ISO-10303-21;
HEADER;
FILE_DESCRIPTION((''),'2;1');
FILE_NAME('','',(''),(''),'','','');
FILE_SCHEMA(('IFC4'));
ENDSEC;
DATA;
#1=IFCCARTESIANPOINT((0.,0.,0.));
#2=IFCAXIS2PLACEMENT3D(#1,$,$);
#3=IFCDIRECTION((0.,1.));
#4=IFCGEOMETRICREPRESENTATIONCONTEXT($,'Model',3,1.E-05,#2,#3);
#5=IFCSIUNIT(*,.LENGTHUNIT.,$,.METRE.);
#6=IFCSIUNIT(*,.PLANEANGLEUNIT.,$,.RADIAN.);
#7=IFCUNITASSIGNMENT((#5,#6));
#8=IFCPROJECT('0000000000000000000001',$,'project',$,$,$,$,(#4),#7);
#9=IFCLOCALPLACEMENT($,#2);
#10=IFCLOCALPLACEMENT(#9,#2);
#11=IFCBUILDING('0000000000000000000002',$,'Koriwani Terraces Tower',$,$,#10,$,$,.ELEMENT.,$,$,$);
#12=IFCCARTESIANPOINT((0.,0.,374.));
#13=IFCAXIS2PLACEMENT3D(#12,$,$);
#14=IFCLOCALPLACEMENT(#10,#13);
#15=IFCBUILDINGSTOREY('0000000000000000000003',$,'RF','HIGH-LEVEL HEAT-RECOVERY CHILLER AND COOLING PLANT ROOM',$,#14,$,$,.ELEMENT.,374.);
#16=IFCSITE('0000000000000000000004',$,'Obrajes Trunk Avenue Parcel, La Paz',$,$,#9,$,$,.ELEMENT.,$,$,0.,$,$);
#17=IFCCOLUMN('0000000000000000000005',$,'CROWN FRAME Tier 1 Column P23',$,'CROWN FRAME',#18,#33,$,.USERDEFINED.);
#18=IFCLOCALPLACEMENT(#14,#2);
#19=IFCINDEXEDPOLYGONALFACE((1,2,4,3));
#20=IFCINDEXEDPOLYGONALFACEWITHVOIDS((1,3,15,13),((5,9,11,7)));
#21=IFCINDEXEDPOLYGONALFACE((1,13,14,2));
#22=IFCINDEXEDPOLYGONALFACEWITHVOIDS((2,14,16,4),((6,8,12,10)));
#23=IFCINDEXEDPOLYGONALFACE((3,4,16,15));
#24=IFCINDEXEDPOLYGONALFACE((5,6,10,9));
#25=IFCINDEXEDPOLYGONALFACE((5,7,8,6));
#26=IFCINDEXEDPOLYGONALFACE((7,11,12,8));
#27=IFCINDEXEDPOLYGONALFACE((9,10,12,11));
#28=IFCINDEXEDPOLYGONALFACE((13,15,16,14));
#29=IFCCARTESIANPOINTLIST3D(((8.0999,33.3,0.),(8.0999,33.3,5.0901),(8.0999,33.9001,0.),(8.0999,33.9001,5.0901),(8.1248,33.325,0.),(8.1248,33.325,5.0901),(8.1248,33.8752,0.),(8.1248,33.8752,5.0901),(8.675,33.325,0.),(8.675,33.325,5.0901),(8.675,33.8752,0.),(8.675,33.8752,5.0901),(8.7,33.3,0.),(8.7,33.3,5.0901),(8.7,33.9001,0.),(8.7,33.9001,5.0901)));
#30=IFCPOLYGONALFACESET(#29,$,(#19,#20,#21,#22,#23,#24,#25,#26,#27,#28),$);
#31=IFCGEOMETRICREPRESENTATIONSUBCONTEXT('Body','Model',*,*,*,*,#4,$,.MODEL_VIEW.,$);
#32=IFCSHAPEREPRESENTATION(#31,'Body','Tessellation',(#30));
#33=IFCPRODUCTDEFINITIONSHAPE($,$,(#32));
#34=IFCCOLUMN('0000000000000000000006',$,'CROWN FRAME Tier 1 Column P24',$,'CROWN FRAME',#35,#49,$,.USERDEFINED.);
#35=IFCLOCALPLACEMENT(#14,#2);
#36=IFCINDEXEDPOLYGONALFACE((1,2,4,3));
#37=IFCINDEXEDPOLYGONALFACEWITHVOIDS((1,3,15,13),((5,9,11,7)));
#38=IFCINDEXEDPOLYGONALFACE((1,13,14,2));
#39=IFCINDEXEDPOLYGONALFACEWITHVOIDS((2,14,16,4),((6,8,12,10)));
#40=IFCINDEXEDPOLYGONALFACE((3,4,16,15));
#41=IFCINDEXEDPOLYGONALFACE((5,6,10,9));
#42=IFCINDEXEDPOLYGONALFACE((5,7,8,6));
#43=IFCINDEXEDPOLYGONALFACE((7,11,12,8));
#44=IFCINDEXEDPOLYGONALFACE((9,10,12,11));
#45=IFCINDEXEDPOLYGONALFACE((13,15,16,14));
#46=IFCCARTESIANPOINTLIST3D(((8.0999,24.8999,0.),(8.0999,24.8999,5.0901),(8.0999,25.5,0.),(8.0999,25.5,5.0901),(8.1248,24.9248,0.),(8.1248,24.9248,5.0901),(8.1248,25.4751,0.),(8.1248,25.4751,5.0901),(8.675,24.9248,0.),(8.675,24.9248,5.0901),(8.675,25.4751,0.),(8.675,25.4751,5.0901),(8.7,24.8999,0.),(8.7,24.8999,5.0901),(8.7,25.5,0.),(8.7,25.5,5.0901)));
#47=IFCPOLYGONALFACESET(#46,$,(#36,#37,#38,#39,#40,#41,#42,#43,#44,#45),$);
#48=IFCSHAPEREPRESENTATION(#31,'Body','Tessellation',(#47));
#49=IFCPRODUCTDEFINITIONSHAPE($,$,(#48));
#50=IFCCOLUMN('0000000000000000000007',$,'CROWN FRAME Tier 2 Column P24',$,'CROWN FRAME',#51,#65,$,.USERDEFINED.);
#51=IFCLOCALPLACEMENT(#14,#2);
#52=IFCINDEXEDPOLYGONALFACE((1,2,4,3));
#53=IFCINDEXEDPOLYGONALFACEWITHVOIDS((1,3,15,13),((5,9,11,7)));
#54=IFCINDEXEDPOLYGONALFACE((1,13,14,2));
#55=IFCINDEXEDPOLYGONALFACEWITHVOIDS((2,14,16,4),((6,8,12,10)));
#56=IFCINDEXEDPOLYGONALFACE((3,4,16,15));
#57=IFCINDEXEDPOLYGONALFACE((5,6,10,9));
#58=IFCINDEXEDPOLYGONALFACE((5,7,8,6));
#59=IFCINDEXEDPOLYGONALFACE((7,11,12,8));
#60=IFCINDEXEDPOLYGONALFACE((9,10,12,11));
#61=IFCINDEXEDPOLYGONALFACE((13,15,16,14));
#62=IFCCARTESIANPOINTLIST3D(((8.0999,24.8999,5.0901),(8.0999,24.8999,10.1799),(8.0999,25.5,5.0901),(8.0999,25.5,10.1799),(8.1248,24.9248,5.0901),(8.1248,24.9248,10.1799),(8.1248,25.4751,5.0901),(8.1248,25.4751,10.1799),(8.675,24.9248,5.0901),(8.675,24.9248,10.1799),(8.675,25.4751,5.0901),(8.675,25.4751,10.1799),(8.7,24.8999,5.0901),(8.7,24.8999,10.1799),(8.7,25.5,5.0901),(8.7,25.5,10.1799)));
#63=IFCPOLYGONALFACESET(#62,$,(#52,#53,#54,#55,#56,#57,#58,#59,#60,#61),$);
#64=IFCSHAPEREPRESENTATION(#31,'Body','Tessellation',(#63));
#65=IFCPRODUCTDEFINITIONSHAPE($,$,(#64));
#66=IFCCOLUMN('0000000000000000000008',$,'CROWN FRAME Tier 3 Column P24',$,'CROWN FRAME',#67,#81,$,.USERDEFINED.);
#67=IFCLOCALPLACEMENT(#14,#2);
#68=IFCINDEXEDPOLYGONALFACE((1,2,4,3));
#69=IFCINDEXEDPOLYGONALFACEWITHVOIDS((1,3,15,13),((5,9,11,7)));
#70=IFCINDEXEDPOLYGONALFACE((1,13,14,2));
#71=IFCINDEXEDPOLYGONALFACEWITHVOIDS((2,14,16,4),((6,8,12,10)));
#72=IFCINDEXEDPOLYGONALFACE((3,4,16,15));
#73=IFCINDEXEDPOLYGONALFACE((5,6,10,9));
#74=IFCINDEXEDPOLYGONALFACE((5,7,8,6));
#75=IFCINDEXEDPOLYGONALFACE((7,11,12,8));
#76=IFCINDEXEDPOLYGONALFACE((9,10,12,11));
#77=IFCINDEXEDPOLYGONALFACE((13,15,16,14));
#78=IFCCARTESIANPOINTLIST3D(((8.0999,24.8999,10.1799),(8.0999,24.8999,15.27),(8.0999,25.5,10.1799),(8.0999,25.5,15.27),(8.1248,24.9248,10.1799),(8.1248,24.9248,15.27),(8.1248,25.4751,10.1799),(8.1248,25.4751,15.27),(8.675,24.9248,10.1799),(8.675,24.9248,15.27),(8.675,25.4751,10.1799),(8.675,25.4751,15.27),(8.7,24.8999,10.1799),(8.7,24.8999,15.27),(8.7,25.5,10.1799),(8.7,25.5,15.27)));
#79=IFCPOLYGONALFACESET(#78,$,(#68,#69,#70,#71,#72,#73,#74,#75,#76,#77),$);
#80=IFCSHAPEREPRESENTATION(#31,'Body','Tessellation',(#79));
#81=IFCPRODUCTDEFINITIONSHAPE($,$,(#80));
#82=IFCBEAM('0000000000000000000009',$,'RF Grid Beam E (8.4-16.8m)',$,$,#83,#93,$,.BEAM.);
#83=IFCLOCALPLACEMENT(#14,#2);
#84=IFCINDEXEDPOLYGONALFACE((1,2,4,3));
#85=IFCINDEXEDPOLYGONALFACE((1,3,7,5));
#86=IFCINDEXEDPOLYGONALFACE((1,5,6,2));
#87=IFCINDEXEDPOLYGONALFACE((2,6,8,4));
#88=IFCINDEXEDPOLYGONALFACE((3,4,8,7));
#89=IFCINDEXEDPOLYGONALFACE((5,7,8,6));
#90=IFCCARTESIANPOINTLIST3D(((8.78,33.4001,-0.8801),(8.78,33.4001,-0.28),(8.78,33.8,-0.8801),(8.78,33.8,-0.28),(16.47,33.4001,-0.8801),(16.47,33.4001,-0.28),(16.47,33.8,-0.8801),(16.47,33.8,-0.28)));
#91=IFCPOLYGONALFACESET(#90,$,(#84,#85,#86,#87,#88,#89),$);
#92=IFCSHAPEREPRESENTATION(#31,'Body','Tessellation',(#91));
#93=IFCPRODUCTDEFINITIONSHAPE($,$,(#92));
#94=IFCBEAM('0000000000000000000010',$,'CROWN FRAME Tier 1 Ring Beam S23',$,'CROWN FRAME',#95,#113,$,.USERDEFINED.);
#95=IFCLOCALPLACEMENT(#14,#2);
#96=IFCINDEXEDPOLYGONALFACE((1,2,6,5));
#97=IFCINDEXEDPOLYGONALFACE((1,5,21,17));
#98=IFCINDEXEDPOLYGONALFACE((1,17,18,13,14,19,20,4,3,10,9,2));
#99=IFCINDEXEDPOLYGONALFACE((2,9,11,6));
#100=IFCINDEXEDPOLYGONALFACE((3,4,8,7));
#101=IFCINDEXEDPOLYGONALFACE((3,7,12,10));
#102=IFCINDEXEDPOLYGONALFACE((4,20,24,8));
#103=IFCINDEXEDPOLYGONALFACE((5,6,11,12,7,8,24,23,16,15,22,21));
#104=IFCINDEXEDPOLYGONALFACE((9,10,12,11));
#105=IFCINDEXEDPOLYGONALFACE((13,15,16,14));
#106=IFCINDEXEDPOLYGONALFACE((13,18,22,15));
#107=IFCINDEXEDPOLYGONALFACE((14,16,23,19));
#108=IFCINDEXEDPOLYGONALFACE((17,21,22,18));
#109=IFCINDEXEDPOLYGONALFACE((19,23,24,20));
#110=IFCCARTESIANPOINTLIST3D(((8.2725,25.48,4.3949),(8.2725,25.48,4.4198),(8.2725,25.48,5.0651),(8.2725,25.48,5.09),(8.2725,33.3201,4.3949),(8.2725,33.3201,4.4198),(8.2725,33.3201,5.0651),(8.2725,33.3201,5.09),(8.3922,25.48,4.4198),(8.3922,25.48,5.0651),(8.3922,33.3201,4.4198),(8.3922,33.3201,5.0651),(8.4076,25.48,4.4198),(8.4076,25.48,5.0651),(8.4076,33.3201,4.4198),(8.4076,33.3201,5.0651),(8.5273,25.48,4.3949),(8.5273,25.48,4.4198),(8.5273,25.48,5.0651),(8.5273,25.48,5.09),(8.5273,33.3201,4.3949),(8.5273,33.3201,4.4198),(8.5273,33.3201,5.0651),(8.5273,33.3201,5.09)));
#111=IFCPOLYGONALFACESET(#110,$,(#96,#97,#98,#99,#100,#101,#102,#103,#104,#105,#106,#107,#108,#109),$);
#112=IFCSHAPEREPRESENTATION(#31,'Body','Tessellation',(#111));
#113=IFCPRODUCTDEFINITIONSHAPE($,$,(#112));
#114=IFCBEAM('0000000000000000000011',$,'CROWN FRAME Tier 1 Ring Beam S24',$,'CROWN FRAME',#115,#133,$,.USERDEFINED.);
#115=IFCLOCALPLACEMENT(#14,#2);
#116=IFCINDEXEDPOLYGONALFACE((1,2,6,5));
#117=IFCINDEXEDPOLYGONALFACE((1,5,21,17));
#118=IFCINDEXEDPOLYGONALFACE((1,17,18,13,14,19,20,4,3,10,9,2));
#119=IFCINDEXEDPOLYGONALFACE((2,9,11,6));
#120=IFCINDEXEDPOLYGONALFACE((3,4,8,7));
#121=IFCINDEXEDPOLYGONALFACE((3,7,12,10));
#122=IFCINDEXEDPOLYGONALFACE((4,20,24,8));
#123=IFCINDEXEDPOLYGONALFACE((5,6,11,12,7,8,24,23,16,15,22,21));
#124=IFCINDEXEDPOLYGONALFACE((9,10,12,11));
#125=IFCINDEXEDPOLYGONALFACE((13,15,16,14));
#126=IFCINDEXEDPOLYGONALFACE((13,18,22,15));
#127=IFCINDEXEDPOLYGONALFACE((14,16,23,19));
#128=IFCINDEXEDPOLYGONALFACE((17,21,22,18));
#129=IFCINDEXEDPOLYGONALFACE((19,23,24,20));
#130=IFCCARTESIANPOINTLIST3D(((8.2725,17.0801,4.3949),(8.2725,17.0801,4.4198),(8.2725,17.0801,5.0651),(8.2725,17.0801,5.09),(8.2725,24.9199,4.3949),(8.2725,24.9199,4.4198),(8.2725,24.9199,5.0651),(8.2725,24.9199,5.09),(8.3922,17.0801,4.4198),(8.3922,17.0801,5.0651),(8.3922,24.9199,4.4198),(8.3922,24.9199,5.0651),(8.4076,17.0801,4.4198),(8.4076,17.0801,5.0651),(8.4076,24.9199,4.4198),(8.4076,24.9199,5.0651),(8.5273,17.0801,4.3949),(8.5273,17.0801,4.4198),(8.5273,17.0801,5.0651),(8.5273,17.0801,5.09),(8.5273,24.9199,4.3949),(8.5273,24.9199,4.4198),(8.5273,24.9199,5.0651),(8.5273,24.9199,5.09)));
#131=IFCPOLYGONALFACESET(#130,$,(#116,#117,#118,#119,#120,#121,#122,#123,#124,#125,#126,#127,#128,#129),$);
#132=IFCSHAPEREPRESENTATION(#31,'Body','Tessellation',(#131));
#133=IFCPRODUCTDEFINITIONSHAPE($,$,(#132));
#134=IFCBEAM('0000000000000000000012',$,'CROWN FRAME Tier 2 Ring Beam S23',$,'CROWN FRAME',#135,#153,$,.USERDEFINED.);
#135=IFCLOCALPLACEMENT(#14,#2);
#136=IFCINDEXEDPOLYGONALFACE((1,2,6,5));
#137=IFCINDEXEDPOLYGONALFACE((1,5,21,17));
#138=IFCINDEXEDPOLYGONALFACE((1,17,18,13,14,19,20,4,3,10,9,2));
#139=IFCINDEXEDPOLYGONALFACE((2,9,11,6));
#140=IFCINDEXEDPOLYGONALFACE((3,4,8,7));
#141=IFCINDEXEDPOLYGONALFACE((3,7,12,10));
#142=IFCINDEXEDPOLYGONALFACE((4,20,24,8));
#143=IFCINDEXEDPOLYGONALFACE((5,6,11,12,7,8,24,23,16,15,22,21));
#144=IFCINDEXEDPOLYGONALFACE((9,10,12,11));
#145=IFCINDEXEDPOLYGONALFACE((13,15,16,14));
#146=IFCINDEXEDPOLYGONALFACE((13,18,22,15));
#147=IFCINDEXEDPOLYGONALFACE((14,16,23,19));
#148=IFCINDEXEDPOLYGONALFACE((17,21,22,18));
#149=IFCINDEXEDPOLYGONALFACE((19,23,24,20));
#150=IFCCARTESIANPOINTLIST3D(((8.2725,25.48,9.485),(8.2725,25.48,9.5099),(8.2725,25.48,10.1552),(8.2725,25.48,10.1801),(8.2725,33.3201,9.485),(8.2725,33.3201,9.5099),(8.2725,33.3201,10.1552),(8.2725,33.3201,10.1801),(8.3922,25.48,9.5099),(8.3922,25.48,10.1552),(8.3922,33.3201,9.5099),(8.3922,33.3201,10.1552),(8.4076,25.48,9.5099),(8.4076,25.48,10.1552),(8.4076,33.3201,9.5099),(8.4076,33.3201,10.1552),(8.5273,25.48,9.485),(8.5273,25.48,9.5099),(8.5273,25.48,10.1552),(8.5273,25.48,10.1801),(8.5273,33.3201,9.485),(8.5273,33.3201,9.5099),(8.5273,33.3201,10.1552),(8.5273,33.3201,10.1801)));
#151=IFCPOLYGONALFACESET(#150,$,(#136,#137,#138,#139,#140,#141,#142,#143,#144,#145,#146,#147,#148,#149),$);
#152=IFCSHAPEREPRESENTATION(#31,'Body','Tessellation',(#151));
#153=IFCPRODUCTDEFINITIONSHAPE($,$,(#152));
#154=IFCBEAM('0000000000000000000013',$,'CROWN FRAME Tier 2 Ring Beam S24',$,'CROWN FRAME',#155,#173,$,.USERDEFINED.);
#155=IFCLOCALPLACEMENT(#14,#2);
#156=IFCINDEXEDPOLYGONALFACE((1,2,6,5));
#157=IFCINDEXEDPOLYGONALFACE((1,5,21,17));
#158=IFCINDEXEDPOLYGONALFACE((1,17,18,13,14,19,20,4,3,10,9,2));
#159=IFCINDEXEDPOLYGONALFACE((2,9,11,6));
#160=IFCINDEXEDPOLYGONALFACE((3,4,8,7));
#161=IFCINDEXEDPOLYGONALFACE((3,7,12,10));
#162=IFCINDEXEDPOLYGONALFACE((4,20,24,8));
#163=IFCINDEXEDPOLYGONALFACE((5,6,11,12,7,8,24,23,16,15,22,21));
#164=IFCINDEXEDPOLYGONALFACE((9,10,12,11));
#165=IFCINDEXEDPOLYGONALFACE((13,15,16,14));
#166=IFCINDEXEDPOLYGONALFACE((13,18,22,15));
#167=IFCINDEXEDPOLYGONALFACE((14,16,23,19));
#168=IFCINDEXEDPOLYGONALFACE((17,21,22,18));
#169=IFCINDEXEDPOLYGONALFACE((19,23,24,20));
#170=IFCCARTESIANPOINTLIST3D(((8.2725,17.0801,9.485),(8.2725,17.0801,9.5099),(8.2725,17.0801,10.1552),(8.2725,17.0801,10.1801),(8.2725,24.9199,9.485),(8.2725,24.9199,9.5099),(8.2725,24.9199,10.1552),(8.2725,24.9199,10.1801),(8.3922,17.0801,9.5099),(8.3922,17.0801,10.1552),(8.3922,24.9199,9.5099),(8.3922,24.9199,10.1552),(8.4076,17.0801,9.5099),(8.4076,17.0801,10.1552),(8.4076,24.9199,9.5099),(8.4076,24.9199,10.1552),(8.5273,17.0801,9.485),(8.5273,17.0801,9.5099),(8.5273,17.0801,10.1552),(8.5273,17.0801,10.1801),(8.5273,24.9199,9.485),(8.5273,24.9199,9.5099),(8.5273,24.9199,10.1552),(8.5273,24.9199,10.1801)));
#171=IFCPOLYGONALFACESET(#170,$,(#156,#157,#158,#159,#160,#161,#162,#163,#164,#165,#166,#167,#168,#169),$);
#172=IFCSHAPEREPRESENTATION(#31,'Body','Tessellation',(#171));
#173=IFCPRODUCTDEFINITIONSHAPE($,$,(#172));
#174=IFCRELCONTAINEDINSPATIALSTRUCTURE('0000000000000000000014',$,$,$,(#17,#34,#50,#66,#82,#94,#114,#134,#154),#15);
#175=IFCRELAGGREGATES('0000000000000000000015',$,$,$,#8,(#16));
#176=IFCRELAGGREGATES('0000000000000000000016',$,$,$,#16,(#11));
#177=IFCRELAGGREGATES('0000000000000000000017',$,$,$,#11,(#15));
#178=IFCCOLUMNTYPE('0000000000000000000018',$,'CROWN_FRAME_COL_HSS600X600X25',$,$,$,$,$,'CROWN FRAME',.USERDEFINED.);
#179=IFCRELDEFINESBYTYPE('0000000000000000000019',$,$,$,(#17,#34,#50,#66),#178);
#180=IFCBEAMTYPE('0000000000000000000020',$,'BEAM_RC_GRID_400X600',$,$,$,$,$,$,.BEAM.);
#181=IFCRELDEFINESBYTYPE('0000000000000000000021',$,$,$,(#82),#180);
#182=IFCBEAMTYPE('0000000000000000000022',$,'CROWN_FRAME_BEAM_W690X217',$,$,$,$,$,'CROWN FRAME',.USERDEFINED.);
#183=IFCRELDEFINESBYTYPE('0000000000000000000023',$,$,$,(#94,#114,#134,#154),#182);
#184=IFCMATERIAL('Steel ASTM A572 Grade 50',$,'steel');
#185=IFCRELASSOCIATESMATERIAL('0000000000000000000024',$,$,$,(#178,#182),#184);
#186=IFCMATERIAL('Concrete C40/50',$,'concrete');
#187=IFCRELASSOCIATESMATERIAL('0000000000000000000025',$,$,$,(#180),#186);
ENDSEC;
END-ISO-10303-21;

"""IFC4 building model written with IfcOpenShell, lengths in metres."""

from ifc_helpers import new_model, si_unit, direction, frame, origin, origin_2d, place, context, subcontext, project, spatial, rectangle, hollow_rectangle, i_section, extrude, material, material_profile, profile_set, type_object, element, save


model = new_model("IFC4")

# Units and contexts
model_context = context("Model", 3, precision=1e-05, world=origin(), true_north=direction((0.0, 1.0)))
body_context = subcontext(model_context, "Body", "Model", "MODEL_VIEW")
ifc_project = project(units=[si_unit("LENGTHUNIT", "METRE"), si_unit("PLANEANGLEUNIT", "RADIAN")], contexts=[model_context])

# Site, building, storey
site_placement = place(None, origin())
site = spatial("IfcSite", under=ifc_project, at=site_placement, Name="Obrajes Trunk Avenue Parcel, La Paz", CompositionType="ELEMENT", RefElevation=0.0)
building_placement = place(site_placement, origin())
building = spatial("IfcBuilding", under=site, at=building_placement, Name="Koriwani Terraces Tower", CompositionType="ELEMENT")
storey_placement = place(building_placement, frame((0.0, 0.0, 374.0)))
storey = spatial("IfcBuildingStorey", under=building, at=storey_placement, Name="RF", Description="HIGH-LEVEL HEAT-RECOVERY CHILLER AND COOLING PLANT ROOM", CompositionType="ELEMENT", Elevation=374.0)

# Columns
ifc_material_1 = material(Name="Steel ASTM A572 Grade 50", Category="steel")
ifc_material_profile_1 = material_profile(ifc_material_1, hollow_rectangle(XDim=0.6001, YDim=0.6001, WallThickness=0.0249, at=origin_2d()), Name="Steel ASTM A572 Grade 50", Category="LoadBearing")
ifc_profile_set_1 = profile_set([ifc_material_profile_1], Name="Steel ASTM A572 Grade 50")
column_type = type_object("IfcColumnType", Name="CROWN_FRAME_COL_HSS600X600X25", ElementType="CROWN FRAME", PredefinedType="USERDEFINED", material=ifc_profile_set_1)
for number, where, z_axis, x_axis, name in (
    (1, (8.3999, 33.6001, 0.0), (0.0, 0.0, 1.0), (1.0, 0.0, 0.0), "CROWN FRAME Tier 1 Column P23"),
    (2, (8.3999, 25.2, 0.0), (0.0, 0.0, 1.0), (1.0, 0.0, 0.0), "CROWN FRAME Tier 1 Column P24"),
):
    element("IfcColumn", number, at=place(storey_placement, frame(where, z_axis=z_axis, x_axis=x_axis)), inside=storey, type_object=column_type, Name=name, ObjectType="CROWN FRAME", PredefinedType="USERDEFINED", context=body_context, shape_type="SweptSolid", body=[
        extrude(hollow_rectangle(XDim=0.6001, YDim=0.6001, WallThickness=0.0249, at=origin_2d()), origin(), (0.0, 0.0, 1.0), 5.0901),
    ])
column_1_placement = place(storey_placement, frame((8.3999, 25.2, 5.0901), z_axis=(0.0, 0.0, 1.0), x_axis=(1.0, 0.0, 0.0)))
element("IfcColumn", 3, at=column_1_placement, inside=storey, type_object=column_type, Name="CROWN FRAME Tier 2 Column P24", ObjectType="CROWN FRAME", PredefinedType="USERDEFINED", context=body_context, shape_type="SweptSolid", body=[
    extrude(hollow_rectangle(XDim=0.6001, YDim=0.6001, WallThickness=0.0249, at=origin_2d()), origin(), (0.0, 0.0, 1.0), 5.0898),
])
column_2_placement = place(storey_placement, frame((8.3999, 25.2, 10.1799), z_axis=(0.0, 0.0, 1.0), x_axis=(1.0, 0.0, 0.0)))
element("IfcColumn", 4, at=column_2_placement, inside=storey, type_object=column_type, Name="CROWN FRAME Tier 3 Column P24", ObjectType="CROWN FRAME", PredefinedType="USERDEFINED", context=body_context, shape_type="SweptSolid", body=[
    extrude(hollow_rectangle(XDim=0.6001, YDim=0.6001, WallThickness=0.0249, at=origin_2d()), origin(), (0.0, 0.0, 1.0), 5.0901),
])

# Beams
ifc_material_2 = material(Name="Concrete C40/50", Category="concrete")
ifc_material_profile_2 = material_profile(ifc_material_2, rectangle(XDim=0.3999, YDim=0.6001, at=origin_2d()), Name="Concrete C40/50", Category="LoadBearing")
ifc_profile_set_2 = profile_set([ifc_material_profile_2], Name="Concrete C40/50")
beam_type_1 = type_object("IfcBeamType", Name="BEAM_RC_GRID_400X600", PredefinedType="BEAM", material=ifc_profile_set_2)
beam_1_placement = place(storey_placement, frame((8.78, 33.6001, -0.5801), z_axis=(1.0, 0.0, 0.0), x_axis=(0.0, 1.0, 0.0)))
element("IfcBeam", 5, at=beam_1_placement, inside=storey, type_object=beam_type_1, Name="RF Grid Beam E (8.4-16.8m)", PredefinedType="BEAM", context=body_context, shape_type="SweptSolid", body=[
    extrude(rectangle(XDim=0.3999, YDim=0.6001, at=origin_2d()), origin(), (0.0, 0.0, 1.0), 7.6899),
])
ifc_material_profile_3 = material_profile(ifc_material_1, i_section(OverallWidth=0.2549, OverallDepth=0.6951, WebThickness=0.0154, FlangeThickness=0.0249, at=origin_2d()), Name="Steel ASTM A572 Grade 50", Category="LoadBearing")
ifc_profile_set_3 = profile_set([ifc_material_profile_3], Name="Steel ASTM A572 Grade 50")
beam_type_2 = type_object("IfcBeamType", Name="CROWN_FRAME_BEAM_W690X217", ElementType="CROWN FRAME", PredefinedType="USERDEFINED", material=ifc_profile_set_3)
beam_2_placement = place(storey_placement, frame((8.3999, 33.3201, 4.7424), z_axis=(0.0, -1.0, 0.0), x_axis=(1.0, 0.0, 0.0)))
element("IfcBeam", 6, at=beam_2_placement, inside=storey, type_object=beam_type_2, Name="CROWN FRAME Tier 1 Ring Beam S23", ObjectType="CROWN FRAME", PredefinedType="USERDEFINED", context=body_context, shape_type="SweptSolid", body=[
    extrude(i_section(OverallWidth=0.2549, OverallDepth=0.6951, WebThickness=0.0154, FlangeThickness=0.0249, at=origin_2d()), origin(), (0.0, 0.0, 1.0), 7.8401),
])
beam_3_placement = place(storey_placement, frame((8.3999, 24.9199, 4.7424), z_axis=(0.0, -1.0, 0.0), x_axis=(1.0, 0.0, 0.0)))
element("IfcBeam", 7, at=beam_3_placement, inside=storey, type_object=beam_type_2, Name="CROWN FRAME Tier 1 Ring Beam S24", ObjectType="CROWN FRAME", PredefinedType="USERDEFINED", context=body_context, shape_type="SweptSolid", body=[
    extrude(i_section(OverallWidth=0.2549, OverallDepth=0.6951, WebThickness=0.0154, FlangeThickness=0.0249, at=origin_2d()), origin(), (0.0, 0.0, 1.0), 7.8398),
])
beam_4_placement = place(storey_placement, frame((8.3999, 33.3201, 9.8325), z_axis=(0.0, -1.0, 0.0), x_axis=(1.0, 0.0, 0.0)))
element("IfcBeam", 8, at=beam_4_placement, inside=storey, type_object=beam_type_2, Name="CROWN FRAME Tier 2 Ring Beam S23", ObjectType="CROWN FRAME", PredefinedType="USERDEFINED", context=body_context, shape_type="SweptSolid", body=[
    extrude(i_section(OverallWidth=0.2549, OverallDepth=0.6951, WebThickness=0.0154, FlangeThickness=0.0249, at=origin_2d()), origin(), (0.0, 0.0, 1.0), 7.8401),
])
beam_5_placement = place(storey_placement, frame((8.3999, 24.9199, 9.8325), z_axis=(0.0, -1.0, 0.0), x_axis=(1.0, 0.0, 0.0)))
element("IfcBeam", 9, at=beam_5_placement, inside=storey, type_object=beam_type_2, Name="CROWN FRAME Tier 2 Ring Beam S24", ObjectType="CROWN FRAME", PredefinedType="USERDEFINED", context=body_context, shape_type="SweptSolid", body=[
    extrude(i_section(OverallWidth=0.2549, OverallDepth=0.6951, WebThickness=0.0154, FlangeThickness=0.0249, at=origin_2d()), origin(), (0.0, 0.0, 1.0), 7.8398),
])

save(model, "model.ifc")
